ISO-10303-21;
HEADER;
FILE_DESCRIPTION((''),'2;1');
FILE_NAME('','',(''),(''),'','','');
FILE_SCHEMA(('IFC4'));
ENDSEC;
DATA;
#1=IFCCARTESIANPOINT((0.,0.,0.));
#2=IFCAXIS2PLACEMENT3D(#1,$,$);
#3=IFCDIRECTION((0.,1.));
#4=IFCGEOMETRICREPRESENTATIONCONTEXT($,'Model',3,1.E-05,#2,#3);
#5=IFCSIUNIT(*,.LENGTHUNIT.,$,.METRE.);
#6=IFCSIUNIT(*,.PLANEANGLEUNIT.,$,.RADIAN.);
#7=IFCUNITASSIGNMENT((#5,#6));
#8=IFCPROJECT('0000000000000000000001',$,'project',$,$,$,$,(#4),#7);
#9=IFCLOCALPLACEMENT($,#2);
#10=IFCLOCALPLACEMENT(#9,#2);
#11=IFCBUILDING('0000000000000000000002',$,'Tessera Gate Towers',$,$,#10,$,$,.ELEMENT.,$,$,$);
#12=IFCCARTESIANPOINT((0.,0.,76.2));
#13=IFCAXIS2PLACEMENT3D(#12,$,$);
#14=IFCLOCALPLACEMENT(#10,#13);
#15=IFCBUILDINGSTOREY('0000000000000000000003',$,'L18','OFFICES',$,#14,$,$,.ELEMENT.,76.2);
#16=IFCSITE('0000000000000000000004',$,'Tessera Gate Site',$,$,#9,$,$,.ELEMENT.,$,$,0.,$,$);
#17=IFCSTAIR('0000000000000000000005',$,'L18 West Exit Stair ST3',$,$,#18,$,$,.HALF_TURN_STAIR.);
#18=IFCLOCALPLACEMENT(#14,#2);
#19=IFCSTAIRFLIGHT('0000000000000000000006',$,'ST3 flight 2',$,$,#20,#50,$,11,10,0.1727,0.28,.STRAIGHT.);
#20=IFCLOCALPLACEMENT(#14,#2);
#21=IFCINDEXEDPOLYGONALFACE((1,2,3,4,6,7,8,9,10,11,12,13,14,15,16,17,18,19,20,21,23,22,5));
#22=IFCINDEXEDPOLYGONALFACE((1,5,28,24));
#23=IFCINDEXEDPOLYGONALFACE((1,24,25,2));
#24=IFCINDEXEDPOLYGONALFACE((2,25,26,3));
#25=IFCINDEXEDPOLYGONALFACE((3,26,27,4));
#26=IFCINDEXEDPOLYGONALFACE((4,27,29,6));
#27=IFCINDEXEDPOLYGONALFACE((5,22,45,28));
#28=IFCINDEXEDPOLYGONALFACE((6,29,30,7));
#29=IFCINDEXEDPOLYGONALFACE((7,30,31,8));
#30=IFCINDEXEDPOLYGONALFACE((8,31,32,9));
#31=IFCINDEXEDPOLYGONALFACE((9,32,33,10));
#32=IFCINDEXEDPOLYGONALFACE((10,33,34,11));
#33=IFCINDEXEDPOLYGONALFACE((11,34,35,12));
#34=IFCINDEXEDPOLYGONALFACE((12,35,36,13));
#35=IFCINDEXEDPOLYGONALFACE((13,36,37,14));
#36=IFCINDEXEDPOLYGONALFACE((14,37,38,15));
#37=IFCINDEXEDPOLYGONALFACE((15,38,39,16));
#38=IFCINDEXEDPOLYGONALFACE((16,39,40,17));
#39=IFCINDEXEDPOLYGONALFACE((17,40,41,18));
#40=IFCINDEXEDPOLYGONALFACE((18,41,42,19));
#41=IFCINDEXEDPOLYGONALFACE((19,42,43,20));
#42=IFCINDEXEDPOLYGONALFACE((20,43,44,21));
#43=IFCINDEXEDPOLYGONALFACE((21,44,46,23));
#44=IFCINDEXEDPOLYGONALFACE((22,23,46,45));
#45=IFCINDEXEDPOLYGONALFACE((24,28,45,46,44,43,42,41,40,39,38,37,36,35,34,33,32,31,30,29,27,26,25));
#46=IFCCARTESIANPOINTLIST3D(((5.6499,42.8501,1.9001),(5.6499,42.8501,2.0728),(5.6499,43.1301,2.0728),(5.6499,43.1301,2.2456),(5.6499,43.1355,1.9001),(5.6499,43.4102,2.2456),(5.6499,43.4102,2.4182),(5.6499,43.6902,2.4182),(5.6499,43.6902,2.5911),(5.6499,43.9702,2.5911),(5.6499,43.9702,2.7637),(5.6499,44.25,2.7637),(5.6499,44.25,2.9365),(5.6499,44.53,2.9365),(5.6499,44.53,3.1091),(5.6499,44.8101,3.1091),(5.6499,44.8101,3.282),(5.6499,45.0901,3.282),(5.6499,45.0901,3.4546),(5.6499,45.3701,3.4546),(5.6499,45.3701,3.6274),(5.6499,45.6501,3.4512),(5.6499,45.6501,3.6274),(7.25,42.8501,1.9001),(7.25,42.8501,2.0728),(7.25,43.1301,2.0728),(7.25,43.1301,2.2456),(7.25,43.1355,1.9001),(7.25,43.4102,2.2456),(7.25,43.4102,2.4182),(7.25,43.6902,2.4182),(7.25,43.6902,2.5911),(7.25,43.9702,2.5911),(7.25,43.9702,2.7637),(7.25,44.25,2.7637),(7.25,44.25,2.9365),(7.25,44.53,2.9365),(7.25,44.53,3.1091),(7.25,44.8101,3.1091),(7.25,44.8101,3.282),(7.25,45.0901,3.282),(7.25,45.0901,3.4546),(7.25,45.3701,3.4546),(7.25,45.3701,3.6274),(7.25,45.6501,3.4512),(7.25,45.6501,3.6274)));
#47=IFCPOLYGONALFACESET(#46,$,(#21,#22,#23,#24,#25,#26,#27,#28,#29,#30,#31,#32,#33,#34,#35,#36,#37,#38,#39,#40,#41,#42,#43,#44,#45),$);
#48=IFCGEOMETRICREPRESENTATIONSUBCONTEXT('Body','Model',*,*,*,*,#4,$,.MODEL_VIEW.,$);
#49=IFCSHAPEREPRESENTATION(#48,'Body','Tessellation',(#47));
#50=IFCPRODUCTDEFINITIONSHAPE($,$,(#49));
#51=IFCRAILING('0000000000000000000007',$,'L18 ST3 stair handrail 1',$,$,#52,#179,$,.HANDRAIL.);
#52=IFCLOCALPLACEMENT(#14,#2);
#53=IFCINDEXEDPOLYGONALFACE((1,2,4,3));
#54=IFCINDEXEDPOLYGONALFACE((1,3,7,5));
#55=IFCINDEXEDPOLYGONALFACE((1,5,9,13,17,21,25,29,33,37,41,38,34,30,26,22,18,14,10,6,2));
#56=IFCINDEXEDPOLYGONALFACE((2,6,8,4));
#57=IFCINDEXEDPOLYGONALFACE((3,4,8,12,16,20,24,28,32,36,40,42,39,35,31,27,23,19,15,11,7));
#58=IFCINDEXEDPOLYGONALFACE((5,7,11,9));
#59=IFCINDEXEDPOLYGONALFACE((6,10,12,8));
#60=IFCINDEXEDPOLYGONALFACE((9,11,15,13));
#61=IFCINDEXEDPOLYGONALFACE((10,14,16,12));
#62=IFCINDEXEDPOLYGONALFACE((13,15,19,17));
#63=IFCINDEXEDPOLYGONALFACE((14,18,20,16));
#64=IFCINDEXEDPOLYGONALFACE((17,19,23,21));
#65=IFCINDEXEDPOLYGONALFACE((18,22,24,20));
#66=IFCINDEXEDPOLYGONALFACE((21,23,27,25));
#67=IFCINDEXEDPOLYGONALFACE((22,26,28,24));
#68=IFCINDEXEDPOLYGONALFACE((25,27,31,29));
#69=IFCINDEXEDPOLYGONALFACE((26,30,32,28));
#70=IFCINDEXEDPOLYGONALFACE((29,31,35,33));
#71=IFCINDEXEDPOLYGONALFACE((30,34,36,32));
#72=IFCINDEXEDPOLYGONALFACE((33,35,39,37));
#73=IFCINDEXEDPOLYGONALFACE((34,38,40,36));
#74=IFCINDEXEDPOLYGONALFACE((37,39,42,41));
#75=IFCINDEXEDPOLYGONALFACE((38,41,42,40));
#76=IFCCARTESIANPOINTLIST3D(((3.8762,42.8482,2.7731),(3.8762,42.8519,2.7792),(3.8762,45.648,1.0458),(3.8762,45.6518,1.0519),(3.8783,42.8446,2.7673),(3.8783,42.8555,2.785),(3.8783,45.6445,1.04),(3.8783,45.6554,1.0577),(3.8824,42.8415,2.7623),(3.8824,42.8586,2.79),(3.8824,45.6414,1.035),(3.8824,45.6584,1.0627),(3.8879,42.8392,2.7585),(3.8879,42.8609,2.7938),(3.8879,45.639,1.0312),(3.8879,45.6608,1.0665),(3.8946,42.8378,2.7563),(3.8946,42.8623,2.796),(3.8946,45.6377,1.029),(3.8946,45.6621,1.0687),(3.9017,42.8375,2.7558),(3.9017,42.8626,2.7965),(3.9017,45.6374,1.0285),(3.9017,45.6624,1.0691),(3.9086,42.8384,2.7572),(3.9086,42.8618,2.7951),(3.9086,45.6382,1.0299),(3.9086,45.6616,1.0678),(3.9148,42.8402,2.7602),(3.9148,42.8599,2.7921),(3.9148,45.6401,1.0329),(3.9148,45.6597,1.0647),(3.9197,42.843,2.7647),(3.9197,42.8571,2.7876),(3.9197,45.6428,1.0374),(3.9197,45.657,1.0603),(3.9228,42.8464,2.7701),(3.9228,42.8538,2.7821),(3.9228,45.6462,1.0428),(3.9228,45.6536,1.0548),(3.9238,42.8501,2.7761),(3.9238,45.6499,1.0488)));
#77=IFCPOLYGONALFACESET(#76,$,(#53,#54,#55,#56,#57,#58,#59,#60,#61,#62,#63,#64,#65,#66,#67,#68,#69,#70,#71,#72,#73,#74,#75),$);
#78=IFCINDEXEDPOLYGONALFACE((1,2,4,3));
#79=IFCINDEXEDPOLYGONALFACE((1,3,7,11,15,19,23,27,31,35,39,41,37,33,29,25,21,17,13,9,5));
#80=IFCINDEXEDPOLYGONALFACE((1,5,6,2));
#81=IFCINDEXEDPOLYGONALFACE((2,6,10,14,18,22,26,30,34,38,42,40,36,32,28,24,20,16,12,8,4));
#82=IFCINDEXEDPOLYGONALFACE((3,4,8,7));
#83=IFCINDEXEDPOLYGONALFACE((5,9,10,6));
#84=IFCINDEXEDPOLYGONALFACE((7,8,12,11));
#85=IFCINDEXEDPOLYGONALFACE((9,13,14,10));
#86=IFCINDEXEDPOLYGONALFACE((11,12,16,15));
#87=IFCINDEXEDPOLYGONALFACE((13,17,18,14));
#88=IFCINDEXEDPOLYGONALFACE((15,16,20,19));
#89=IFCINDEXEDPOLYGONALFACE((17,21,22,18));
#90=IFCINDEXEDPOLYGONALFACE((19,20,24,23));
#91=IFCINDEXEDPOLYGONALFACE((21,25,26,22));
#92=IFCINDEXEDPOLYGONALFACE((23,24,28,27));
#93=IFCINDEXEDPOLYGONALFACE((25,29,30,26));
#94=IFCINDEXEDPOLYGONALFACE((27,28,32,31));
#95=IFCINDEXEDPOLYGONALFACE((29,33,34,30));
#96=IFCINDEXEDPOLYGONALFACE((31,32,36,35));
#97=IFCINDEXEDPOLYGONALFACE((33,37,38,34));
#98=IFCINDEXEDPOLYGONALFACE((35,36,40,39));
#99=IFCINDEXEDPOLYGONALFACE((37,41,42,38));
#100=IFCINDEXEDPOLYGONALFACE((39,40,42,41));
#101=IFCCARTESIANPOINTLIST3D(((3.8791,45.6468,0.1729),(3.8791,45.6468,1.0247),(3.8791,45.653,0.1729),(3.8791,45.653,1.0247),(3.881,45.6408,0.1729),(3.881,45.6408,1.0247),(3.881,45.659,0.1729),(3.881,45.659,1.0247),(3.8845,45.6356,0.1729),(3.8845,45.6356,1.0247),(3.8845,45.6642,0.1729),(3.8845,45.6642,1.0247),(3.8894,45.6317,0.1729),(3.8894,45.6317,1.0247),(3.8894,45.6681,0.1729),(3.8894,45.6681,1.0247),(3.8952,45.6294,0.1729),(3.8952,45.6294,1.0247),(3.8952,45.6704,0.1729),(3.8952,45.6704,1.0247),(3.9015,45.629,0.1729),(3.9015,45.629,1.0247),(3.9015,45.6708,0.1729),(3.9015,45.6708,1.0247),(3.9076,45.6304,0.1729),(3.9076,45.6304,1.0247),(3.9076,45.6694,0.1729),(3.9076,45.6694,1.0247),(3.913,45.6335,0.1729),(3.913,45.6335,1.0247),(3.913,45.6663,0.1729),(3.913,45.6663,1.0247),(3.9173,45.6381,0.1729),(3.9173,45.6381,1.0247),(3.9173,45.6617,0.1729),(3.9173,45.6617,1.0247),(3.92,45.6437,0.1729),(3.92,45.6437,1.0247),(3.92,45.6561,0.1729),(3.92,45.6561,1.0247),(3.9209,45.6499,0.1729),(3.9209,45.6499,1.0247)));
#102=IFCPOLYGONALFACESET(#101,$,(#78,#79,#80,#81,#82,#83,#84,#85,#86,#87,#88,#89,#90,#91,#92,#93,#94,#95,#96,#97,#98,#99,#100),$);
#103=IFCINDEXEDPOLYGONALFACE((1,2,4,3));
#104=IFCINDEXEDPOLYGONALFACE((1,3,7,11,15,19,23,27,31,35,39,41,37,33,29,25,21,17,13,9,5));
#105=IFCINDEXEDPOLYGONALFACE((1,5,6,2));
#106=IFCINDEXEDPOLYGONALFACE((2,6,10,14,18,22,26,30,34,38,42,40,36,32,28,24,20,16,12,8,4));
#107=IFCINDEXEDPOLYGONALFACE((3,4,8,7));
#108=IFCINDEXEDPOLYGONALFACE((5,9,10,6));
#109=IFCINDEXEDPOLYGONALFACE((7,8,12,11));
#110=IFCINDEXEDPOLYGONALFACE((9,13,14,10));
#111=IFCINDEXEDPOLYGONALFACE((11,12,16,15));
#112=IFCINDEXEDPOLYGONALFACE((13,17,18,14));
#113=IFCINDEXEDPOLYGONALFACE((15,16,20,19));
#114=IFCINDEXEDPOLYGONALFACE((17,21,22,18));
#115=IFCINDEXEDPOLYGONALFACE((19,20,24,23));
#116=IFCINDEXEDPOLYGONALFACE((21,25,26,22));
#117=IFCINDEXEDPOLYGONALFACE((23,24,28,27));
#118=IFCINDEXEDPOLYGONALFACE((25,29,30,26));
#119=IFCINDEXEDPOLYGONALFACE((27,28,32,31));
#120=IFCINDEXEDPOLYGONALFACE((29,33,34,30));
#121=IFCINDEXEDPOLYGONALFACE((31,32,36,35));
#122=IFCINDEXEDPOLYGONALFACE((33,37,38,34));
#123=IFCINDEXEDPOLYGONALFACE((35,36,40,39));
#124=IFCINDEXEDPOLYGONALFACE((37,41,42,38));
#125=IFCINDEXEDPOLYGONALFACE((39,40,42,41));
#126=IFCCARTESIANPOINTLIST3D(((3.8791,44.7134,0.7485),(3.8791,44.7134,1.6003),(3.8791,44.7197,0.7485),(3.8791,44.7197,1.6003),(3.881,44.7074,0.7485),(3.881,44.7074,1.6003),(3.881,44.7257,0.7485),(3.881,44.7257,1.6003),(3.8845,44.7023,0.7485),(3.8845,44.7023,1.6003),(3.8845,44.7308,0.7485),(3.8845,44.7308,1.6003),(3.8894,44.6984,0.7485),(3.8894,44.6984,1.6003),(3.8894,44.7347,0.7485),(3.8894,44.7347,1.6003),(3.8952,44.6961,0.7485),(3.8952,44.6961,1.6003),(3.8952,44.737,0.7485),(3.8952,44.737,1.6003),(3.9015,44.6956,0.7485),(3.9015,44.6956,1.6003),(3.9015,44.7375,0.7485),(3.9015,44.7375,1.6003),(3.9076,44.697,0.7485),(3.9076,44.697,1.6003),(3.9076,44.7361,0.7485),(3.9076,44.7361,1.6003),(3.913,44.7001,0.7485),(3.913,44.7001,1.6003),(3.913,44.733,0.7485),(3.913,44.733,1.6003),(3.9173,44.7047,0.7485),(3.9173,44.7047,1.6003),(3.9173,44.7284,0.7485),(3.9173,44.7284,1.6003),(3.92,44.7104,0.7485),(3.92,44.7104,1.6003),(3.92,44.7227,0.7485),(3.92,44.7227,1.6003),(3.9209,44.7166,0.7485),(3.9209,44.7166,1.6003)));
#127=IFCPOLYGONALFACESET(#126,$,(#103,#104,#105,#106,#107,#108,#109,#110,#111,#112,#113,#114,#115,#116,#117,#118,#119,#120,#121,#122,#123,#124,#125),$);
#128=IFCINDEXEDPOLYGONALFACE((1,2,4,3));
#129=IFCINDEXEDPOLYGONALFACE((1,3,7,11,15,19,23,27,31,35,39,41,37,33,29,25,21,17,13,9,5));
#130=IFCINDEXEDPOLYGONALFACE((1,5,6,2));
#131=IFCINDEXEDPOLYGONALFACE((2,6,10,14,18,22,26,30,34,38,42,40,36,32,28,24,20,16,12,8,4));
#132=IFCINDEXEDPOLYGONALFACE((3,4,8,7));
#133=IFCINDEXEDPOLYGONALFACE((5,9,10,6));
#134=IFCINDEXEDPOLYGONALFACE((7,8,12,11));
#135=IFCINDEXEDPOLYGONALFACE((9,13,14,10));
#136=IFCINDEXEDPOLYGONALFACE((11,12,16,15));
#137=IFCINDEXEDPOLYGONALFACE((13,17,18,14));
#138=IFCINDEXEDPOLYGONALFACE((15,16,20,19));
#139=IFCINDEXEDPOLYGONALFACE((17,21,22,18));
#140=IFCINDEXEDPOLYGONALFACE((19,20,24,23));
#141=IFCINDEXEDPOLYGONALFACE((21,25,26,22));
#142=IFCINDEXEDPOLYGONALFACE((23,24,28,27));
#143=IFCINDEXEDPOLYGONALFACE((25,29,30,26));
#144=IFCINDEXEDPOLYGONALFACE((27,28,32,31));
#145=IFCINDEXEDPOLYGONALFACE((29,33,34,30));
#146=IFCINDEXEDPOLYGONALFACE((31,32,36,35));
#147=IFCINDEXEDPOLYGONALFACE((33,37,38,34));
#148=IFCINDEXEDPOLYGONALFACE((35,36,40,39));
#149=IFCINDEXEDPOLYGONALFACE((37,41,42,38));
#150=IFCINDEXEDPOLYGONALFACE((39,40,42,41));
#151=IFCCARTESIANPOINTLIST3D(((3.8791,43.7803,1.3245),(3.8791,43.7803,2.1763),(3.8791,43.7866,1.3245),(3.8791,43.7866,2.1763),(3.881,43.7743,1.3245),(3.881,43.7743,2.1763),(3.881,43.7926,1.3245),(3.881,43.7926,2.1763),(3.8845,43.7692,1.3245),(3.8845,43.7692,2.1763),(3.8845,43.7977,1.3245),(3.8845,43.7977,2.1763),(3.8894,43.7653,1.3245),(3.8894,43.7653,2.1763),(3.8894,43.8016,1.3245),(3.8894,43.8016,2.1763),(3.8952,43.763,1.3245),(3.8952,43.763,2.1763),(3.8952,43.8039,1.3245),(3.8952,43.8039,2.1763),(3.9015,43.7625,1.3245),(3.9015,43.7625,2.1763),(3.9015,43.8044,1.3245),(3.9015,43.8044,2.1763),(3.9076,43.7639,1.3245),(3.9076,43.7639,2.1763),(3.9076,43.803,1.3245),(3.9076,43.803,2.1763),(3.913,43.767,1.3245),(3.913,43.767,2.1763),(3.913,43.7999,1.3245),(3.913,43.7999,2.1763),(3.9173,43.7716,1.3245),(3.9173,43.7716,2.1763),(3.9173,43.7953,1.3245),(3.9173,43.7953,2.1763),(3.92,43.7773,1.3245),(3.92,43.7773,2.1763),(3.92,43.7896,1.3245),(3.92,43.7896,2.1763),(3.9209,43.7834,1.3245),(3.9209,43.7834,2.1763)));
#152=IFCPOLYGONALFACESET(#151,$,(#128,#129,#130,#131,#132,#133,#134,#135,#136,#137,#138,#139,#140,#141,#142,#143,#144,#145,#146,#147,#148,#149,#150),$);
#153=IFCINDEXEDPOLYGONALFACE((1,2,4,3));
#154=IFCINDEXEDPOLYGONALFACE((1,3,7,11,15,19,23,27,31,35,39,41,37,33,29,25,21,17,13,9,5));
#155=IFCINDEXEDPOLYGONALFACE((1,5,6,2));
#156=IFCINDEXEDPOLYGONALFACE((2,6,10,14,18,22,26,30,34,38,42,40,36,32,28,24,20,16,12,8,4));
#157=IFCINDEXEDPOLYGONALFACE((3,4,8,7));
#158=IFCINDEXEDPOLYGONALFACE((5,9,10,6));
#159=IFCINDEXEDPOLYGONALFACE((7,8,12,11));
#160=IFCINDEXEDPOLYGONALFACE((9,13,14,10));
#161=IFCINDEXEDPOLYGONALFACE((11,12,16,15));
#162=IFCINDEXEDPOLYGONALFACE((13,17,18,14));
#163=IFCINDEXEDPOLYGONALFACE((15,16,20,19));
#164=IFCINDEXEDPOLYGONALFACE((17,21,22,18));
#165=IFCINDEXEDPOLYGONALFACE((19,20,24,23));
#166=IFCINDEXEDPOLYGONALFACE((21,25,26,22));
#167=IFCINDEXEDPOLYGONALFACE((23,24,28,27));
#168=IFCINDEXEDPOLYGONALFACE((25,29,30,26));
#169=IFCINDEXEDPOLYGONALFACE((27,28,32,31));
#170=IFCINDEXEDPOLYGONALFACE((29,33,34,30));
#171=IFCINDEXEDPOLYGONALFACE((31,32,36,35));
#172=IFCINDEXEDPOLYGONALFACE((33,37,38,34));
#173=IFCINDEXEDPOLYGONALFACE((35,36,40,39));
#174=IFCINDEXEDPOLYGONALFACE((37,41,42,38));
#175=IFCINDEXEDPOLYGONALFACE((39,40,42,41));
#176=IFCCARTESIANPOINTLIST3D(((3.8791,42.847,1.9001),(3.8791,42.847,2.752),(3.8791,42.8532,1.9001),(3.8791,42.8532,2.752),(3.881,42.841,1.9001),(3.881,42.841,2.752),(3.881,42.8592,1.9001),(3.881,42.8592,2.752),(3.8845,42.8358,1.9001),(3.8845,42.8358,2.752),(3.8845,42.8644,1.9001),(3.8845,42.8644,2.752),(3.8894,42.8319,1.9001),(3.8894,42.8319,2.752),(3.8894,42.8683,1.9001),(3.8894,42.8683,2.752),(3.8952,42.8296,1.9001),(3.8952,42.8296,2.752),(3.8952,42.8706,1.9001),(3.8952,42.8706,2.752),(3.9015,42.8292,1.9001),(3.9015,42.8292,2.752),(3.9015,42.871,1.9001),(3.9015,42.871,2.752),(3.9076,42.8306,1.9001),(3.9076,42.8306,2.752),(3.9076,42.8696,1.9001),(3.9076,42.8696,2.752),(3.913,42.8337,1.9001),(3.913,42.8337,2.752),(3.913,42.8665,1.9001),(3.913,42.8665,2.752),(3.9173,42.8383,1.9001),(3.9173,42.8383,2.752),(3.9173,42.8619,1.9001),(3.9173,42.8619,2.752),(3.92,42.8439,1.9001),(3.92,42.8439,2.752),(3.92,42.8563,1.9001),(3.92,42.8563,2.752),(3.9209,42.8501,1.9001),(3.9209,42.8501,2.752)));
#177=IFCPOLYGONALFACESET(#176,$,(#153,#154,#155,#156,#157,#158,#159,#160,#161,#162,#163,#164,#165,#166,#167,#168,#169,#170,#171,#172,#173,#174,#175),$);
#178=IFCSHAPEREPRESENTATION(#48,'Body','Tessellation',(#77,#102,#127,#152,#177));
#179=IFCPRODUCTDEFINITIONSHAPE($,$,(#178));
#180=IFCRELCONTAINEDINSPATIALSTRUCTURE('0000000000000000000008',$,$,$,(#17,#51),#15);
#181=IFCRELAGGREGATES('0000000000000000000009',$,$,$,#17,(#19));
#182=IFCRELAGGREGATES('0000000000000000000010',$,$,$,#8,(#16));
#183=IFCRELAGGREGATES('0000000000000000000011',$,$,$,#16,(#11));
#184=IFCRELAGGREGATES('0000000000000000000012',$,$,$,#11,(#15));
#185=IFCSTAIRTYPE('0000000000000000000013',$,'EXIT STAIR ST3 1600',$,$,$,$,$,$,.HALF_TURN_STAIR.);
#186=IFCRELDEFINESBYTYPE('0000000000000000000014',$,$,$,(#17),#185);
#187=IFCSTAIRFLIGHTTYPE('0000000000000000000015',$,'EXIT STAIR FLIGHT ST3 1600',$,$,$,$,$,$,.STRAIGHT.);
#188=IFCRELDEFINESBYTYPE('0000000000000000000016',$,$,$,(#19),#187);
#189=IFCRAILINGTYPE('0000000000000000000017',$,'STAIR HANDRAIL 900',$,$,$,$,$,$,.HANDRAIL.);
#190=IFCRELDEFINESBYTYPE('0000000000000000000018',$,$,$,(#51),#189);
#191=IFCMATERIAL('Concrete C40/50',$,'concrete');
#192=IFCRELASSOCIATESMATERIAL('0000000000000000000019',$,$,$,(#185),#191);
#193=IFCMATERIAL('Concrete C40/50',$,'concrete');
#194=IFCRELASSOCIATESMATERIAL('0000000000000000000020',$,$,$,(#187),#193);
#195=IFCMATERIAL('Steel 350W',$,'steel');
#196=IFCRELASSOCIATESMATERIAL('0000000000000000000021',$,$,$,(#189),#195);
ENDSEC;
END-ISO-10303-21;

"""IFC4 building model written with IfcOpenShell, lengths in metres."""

from ifc_helpers import new_model, si_unit, direction, frame, origin, origin_2d, place, context, subcontext, project, spatial, polyline, circle, outline, extrude, material, type_object, element, aggregate, save


model = new_model("IFC4")

# Units and contexts
model_context = context("Model", 3, precision=1e-05, world=origin(), true_north=direction((0.0, 1.0)))
body_context = subcontext(model_context, "Body", "Model", "MODEL_VIEW")
ifc_project = project(units=[si_unit("LENGTHUNIT", "METRE"), si_unit("PLANEANGLEUNIT", "RADIAN")], contexts=[model_context])

# Site, building, storey
site_placement = place(None, origin())
site = spatial("IfcSite", under=ifc_project, at=site_placement, Name="Tessera Gate Site", CompositionType="ELEMENT", RefElevation=0.0)
building_placement = place(site_placement, origin())
building = spatial("IfcBuilding", under=site, at=building_placement, Name="Tessera Gate Towers", CompositionType="ELEMENT")
storey_placement = place(building_placement, frame((0.0, 0.0, 76.2)))
storey = spatial("IfcBuildingStorey", under=building, at=storey_placement, Name="L18", Description="OFFICES", CompositionType="ELEMENT", Elevation=76.2)

# Stair, stair flight
ifc_material_1 = material(Name="Concrete C40/50", Category="concrete")
stair_type = type_object("IfcStairType", Name="EXIT STAIR ST3 1600", PredefinedType="HALF_TURN_STAIR", material=ifc_material_1)
stair_placement = place(storey_placement, origin())
stair = element("IfcStair", 1, at=stair_placement, inside=storey, type_object=stair_type, Name="L18 West Exit Stair ST3", PredefinedType="HALF_TURN_STAIR")
ifc_material_2 = material(Name="Concrete C40/50", Category="concrete")
stair_flight_type = type_object("IfcStairFlightType", Name="EXIT STAIR FLIGHT ST3 1600", PredefinedType="STRAIGHT", material=ifc_material_2)
stair_flight_1_placement = place(storey_placement, frame((6.45, 42.8501, 1.9001), z_axis=(0.0, 0.0, 1.0), x_axis=(0.0, 1.0, 0.0)))
stair_flight_1 = element("IfcStairFlight", 2, at=stair_flight_1_placement, type_object=stair_flight_type, Name="ST3 flight 2", NumberOfRisers=11, NumberOfTreads=10, PredefinedType="STRAIGHT", RiserHeight=0.1727, TreadLength=0.28, context=body_context, shape_type="SweptSolid", body=[
    extrude(outline(polyline([(0.0, 0.0), (0.0, 0.1726), (0.28, 0.1726), (0.28, 0.3455), (0.5601, 0.3455), (0.5601, 0.5181), (0.8401, 0.5181), (0.8401, 0.6909), (1.1201, 0.6909), (1.1201, 0.8635), (1.3999, 0.8635), (1.3999, 1.0364), (1.6799, 1.0364), (1.6799, 1.209), (1.96, 1.209), (1.96, 1.3818), (2.24, 1.3818), (2.24, 1.5544), (2.52, 1.5544), (2.52, 1.7273), (2.8, 1.7273), (2.8, 1.8999), (2.8, 1.551), (0.2854, 0.0), (0.0, 0.0)])), frame((0.0, 0.8, 0.0), z_axis=(0.0, -1.0, 0.0), x_axis=(1.0, 0.0, 0.0)), (0.0, 0.0, 1.0), 1.6001),
])
aggregate(stair, [stair_flight_1])

# Railing
ifc_material_3 = material(Name="Steel 350W", Category="steel")
railing_type_1 = type_object("IfcRailingType", Name="STAIR HANDRAIL 900", PredefinedType="HANDRAIL", material=ifc_material_3)
railing_1_placement = place(storey_placement, frame((3.8999, 45.6499, 0.1729)))
element("IfcRailing", 3, at=railing_1_placement, inside=storey, type_object=railing_type_1, Name="L18 ST3 stair handrail 1", PredefinedType="HANDRAIL", context=body_context, shape_type="SweptSolid", body=[
    extrude(circle(Radius=0.0239, at=origin_2d()), frame((0.0, 0.0, 0.876), z_axis=(0.0, -0.851069, 0.525054), x_axis=(1.0, 0.0, 0.0)), (0.0, 0.0, 1.0), 3.2898),
    extrude(circle(Radius=0.021, at=origin_2d()), origin(), (0.0, 0.0, 1.0), 0.8518),
    extrude(circle(Radius=0.021, at=origin_2d()), frame((0.0, -0.9333, 0.5757)), (0.0, 0.0, 1.0), 0.8518),
    extrude(circle(Radius=0.021, at=origin_2d()), frame((0.0, -1.8665, 1.1516)), (0.0, 0.0, 1.0), 0.8518),
    extrude(circle(Radius=0.021, at=origin_2d()), frame((0.0, -2.7998, 1.7273)), (0.0, 0.0, 1.0), 0.8518),
])

save(model, "model.ifc")
